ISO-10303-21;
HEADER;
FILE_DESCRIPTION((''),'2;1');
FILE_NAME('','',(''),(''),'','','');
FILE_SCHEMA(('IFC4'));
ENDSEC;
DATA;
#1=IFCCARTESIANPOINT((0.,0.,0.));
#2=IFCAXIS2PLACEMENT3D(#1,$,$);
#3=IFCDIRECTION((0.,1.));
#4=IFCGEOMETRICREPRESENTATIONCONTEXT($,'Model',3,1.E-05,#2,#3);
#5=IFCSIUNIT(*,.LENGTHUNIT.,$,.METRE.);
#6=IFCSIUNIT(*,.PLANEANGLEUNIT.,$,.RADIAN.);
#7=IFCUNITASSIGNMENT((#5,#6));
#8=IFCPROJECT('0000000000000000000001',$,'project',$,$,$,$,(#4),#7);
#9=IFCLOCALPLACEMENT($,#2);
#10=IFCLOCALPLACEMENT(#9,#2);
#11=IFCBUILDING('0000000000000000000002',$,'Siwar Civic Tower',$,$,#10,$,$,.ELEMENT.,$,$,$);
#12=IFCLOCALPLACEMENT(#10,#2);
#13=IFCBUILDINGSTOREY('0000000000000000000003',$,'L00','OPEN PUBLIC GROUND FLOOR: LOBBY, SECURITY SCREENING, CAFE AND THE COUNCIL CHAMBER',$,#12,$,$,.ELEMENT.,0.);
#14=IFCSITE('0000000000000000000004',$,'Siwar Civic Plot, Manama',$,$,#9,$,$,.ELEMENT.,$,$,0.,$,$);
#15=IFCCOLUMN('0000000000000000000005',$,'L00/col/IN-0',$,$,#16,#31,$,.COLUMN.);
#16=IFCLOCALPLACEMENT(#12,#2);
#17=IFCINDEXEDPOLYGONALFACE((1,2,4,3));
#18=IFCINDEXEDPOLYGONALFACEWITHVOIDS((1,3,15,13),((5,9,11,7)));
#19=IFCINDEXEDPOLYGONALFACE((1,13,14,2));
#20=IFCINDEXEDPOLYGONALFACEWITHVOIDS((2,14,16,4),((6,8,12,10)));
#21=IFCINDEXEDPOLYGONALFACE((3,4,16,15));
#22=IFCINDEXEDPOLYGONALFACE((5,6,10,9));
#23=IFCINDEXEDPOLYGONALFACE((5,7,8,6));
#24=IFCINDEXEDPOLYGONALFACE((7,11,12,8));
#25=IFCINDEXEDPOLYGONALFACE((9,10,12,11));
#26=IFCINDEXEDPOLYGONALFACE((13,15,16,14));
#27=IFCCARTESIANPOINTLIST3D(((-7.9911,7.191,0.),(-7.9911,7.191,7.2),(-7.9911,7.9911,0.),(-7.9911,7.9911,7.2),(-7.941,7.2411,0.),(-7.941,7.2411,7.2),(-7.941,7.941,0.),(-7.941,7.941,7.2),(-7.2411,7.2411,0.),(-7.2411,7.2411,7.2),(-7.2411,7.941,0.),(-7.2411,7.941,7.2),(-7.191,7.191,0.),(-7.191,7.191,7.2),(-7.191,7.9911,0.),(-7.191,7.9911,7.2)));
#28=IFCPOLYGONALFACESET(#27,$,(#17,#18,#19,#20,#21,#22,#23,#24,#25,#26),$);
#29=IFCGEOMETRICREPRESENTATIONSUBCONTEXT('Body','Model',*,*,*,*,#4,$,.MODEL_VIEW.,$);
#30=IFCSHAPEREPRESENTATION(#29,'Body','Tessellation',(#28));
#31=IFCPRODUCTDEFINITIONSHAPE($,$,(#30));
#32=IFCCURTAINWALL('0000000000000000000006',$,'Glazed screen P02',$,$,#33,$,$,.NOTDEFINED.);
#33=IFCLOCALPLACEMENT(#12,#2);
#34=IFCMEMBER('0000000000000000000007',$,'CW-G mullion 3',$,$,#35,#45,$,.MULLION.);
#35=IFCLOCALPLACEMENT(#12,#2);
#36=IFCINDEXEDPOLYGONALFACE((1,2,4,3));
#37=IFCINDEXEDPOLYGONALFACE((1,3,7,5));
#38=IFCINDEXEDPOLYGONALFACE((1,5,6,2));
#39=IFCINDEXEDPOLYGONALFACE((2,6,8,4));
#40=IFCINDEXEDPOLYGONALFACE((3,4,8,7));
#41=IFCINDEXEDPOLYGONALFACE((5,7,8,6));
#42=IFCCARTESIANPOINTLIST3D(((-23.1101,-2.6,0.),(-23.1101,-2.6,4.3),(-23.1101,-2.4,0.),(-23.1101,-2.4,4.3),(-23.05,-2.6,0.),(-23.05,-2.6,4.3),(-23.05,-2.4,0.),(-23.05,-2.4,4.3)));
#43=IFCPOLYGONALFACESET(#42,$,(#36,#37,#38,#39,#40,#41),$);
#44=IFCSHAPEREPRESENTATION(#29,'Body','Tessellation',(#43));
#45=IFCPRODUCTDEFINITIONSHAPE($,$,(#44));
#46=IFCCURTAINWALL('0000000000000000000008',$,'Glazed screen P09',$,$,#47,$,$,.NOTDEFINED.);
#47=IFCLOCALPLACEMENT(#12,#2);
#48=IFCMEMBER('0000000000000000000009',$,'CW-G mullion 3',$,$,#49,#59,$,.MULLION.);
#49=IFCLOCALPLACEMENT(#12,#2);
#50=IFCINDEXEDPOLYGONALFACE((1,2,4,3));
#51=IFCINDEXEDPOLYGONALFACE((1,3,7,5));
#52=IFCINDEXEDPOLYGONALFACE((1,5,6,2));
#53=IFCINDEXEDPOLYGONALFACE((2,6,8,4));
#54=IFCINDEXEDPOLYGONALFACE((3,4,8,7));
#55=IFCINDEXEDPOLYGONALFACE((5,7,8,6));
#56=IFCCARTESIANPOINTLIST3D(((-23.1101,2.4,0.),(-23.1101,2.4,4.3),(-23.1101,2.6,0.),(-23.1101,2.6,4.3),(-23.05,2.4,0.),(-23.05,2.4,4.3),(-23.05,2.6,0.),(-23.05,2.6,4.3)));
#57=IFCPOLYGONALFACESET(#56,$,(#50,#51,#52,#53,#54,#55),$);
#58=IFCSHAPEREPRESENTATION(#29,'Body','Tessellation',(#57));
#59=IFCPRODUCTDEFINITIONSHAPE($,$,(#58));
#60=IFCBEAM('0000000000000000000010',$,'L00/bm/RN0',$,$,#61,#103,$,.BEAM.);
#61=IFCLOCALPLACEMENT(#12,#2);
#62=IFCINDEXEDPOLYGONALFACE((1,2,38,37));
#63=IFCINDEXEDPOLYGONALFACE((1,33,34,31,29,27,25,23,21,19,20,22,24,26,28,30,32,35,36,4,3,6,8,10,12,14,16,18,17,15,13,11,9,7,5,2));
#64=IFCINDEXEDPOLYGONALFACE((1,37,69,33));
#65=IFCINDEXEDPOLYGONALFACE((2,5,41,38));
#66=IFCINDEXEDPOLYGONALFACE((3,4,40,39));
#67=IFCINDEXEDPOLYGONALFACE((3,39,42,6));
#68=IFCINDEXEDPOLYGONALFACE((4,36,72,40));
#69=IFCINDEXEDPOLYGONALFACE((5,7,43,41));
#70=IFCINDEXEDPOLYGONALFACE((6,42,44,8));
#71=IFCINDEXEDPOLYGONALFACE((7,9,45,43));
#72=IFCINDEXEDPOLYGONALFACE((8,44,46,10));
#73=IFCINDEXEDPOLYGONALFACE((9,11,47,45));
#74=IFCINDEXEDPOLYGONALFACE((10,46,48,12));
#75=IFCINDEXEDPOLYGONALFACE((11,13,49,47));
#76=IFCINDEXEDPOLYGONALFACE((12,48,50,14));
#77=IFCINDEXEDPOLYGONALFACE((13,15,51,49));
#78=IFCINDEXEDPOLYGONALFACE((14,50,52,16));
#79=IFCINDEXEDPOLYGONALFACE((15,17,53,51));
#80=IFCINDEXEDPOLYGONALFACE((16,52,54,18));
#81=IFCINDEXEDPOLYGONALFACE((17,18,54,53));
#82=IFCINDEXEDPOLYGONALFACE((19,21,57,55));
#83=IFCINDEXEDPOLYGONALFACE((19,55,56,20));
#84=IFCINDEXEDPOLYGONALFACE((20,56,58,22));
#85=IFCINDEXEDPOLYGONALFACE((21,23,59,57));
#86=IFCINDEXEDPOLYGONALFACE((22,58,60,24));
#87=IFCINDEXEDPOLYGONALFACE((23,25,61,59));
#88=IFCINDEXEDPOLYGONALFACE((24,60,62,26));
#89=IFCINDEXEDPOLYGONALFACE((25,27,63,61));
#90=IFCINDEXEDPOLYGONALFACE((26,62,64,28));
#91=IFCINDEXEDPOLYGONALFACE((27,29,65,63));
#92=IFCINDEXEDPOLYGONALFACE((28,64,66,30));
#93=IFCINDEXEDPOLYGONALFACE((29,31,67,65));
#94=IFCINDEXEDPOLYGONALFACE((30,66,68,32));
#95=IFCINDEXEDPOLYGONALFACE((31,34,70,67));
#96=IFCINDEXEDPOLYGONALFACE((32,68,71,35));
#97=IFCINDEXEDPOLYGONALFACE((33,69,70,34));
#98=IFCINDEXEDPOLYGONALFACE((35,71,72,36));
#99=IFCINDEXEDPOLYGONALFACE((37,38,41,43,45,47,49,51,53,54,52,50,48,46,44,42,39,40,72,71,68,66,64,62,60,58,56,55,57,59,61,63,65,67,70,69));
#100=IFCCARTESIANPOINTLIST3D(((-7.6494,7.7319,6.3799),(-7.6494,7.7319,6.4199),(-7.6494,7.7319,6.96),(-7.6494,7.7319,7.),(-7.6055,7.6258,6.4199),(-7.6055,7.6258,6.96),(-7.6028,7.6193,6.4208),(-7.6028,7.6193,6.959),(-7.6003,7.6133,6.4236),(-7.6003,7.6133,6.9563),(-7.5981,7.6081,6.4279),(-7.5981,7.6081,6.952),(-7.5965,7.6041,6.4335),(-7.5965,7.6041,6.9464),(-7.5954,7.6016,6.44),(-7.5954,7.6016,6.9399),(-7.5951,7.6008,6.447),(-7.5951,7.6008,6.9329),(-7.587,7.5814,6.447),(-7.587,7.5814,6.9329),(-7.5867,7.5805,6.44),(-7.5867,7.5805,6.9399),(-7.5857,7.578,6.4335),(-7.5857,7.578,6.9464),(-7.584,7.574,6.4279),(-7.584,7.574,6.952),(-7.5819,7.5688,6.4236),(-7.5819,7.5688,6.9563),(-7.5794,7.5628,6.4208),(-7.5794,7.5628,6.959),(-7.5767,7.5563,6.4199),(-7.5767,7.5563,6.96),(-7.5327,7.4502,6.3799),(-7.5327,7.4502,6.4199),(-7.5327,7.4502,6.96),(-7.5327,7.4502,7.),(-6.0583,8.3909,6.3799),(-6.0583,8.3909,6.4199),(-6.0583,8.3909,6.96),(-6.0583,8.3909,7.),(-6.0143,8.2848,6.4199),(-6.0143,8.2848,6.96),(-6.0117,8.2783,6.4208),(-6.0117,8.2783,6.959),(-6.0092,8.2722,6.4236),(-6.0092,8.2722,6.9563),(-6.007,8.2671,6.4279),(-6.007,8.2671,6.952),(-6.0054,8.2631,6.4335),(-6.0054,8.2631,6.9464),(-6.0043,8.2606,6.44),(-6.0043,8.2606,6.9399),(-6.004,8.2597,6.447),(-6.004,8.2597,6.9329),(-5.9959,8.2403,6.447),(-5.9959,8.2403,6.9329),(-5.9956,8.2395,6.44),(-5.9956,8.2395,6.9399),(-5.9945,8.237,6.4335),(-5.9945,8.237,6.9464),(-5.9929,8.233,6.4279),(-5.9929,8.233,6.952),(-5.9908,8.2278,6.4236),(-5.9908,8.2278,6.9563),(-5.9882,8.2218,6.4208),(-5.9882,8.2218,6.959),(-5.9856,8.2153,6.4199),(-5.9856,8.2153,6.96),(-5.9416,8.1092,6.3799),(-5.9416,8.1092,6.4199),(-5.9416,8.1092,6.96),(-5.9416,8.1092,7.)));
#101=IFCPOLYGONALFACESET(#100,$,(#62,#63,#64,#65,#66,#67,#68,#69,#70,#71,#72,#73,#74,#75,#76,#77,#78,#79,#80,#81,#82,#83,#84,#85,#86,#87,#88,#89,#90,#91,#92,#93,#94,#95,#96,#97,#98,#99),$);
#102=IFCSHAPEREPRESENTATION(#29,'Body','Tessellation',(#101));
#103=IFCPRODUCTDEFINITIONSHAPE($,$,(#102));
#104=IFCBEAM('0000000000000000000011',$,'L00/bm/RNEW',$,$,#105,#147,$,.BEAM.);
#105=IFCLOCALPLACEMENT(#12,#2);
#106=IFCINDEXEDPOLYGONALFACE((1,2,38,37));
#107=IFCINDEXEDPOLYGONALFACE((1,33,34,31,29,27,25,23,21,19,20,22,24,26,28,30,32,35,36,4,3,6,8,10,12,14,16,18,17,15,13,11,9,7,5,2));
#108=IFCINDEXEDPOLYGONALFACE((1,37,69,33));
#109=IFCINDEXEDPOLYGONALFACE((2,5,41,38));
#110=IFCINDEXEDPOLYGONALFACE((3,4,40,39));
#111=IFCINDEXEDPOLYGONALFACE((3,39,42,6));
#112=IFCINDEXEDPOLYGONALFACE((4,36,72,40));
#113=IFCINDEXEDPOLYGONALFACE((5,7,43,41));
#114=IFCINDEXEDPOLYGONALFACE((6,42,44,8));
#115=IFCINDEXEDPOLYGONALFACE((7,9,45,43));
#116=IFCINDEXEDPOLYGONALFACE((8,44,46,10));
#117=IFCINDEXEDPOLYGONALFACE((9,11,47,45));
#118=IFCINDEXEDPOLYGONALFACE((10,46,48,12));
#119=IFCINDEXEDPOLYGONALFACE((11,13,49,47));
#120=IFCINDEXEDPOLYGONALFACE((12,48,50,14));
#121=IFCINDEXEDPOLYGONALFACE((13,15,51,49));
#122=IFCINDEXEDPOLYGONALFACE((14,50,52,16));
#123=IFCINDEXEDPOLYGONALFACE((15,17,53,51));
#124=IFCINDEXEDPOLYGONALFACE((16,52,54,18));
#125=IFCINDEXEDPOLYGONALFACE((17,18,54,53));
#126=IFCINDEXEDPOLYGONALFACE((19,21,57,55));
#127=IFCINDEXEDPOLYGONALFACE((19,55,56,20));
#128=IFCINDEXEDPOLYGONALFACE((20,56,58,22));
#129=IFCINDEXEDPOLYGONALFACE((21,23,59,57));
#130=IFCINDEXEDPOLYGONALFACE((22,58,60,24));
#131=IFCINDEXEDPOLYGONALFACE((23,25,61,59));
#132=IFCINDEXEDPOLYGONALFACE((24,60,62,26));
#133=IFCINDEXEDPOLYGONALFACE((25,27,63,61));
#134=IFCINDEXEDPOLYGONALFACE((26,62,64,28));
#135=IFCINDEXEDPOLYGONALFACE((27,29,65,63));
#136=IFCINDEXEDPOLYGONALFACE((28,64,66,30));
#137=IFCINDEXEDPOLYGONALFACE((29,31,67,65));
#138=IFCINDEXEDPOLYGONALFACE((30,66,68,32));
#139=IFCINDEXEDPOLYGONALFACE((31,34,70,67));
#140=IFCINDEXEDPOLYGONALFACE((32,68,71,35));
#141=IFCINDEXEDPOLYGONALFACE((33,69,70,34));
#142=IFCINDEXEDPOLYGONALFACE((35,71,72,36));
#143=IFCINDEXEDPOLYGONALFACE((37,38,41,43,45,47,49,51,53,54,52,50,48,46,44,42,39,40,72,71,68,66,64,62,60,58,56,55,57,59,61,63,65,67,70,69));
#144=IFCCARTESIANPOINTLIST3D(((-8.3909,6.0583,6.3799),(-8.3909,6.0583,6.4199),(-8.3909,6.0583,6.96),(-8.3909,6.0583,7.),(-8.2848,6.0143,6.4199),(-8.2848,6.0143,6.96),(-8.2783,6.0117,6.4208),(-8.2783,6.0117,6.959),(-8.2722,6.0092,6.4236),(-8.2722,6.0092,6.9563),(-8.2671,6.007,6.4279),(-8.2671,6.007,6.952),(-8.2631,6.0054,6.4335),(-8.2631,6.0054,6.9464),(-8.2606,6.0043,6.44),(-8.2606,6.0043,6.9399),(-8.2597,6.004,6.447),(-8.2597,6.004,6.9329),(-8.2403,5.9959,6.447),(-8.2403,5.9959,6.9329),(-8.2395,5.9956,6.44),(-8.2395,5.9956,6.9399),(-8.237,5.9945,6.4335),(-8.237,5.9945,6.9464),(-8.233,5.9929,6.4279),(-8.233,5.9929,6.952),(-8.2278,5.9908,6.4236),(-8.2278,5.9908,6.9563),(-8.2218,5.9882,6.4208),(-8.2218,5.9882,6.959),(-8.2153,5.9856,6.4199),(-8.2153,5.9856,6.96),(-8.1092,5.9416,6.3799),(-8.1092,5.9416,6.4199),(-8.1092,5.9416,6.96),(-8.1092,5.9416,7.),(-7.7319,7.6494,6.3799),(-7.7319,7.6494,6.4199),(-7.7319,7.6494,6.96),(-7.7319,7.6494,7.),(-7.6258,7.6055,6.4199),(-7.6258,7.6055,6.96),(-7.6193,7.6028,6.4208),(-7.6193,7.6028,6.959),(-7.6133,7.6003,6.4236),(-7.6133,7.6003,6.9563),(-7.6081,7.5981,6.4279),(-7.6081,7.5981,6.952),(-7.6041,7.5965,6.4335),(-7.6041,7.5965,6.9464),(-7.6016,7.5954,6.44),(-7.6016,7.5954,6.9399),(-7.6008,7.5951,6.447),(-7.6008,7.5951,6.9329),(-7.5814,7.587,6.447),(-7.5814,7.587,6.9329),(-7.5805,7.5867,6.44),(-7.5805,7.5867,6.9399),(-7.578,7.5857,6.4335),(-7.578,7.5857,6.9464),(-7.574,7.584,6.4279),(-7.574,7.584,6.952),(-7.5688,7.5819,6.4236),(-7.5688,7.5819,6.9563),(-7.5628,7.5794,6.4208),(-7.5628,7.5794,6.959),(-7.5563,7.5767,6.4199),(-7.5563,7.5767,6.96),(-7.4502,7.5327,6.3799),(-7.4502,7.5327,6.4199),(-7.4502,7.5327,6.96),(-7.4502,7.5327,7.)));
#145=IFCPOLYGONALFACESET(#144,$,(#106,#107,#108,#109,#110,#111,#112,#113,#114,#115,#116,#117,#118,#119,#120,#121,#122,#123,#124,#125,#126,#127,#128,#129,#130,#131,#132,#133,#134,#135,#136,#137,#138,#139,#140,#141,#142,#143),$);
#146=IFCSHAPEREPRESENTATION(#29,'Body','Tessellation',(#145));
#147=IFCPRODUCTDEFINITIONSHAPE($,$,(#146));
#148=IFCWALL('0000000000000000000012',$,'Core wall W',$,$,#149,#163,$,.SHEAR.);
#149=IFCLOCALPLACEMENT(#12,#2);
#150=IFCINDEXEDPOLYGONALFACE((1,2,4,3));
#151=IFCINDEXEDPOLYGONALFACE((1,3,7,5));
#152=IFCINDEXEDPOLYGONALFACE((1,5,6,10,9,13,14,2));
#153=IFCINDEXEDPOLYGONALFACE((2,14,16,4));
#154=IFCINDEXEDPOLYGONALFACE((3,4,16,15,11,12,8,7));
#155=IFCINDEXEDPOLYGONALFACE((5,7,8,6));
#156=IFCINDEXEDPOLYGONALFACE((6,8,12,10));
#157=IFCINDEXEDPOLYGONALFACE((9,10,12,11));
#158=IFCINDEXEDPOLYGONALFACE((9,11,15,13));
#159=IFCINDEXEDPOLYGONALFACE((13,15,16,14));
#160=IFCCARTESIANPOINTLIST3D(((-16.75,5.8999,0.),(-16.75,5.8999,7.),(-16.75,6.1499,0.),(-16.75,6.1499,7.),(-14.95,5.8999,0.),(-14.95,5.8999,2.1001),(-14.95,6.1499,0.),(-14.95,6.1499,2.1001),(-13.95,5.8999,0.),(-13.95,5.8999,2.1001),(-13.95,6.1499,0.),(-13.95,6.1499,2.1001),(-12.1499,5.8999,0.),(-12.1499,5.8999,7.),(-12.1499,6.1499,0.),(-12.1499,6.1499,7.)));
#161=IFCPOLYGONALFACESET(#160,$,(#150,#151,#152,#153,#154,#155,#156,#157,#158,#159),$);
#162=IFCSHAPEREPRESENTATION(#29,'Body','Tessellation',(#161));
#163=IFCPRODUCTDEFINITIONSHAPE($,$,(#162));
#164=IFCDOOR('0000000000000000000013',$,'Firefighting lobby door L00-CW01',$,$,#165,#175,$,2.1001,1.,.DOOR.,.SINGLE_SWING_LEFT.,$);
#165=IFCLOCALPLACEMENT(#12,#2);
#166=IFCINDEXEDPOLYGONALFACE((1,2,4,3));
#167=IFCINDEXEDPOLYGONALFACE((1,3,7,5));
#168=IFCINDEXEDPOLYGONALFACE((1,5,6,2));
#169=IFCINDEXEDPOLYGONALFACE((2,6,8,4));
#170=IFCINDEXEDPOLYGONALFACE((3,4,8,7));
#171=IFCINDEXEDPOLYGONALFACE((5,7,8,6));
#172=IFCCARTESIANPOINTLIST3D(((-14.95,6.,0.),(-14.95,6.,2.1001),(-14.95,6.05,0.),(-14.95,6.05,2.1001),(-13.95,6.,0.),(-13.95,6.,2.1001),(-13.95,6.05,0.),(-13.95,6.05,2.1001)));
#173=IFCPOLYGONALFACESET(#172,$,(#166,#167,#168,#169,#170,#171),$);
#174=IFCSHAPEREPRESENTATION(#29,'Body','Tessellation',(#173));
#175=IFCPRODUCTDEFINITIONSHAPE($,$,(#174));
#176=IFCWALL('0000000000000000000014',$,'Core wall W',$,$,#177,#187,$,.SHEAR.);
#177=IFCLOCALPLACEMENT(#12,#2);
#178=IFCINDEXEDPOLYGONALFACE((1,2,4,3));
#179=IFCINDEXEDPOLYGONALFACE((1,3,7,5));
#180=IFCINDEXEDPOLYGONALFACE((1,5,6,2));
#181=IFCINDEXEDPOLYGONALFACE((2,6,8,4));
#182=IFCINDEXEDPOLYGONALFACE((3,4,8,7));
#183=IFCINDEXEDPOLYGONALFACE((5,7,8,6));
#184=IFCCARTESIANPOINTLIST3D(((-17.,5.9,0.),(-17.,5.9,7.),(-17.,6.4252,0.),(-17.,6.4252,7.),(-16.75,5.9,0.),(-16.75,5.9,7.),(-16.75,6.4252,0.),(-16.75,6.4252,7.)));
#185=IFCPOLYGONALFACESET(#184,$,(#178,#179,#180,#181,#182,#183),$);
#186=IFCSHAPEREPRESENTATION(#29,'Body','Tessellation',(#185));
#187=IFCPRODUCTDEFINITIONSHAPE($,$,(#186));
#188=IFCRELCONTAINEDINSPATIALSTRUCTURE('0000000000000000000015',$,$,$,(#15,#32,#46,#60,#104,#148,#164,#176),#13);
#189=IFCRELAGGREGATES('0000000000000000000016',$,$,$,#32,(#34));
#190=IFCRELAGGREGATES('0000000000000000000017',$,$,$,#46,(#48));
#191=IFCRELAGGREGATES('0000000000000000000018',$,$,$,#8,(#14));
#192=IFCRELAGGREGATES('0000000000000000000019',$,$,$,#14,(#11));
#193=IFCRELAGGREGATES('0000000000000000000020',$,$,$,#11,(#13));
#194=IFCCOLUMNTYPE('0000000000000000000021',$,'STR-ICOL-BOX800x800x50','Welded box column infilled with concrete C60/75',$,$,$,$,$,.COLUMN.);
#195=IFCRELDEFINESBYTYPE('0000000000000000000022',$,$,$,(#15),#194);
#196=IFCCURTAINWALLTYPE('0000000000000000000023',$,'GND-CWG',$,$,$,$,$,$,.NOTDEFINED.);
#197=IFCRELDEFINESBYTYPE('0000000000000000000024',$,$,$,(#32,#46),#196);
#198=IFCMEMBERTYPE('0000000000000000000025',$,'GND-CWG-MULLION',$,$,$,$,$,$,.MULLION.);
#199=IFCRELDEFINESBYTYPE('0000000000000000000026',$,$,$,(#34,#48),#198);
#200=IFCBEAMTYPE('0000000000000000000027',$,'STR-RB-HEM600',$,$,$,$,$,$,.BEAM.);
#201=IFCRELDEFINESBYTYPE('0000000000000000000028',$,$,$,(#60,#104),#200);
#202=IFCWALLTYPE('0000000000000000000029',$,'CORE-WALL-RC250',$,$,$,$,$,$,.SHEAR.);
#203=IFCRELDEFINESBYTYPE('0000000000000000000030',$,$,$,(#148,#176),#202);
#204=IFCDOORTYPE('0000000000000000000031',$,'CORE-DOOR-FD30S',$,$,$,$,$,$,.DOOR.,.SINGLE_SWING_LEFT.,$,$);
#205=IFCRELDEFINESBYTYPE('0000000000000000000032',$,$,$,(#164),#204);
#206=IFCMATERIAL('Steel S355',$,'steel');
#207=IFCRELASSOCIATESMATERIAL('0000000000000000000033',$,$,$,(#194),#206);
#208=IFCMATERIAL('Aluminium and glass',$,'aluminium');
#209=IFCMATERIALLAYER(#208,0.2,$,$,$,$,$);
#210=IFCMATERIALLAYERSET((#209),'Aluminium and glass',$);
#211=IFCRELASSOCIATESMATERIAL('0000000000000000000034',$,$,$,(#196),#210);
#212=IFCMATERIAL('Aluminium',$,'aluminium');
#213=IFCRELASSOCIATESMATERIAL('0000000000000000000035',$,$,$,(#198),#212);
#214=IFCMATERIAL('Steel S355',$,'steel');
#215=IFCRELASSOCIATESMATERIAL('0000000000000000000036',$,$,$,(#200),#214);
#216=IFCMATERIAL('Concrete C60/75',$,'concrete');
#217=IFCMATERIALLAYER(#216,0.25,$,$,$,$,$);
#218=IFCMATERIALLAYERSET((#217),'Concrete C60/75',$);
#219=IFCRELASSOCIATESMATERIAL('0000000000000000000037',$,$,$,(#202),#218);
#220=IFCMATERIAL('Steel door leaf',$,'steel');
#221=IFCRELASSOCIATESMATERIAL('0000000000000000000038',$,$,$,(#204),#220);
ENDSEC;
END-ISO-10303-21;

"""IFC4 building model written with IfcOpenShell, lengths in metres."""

from ifc_helpers import new_model, si_unit, direction, frame, frame_2d, origin, origin_2d, place, context, subcontext, project, spatial, rectangle, hollow_rectangle, i_section, extrude, material, layer, layer_set, material_profile, profile_set, type_object, element, fill, aggregate, save


model = new_model("IFC4")

# Units and contexts
model_context = context("Model", 3, precision=1e-05, world=origin(), true_north=direction((0.0, 1.0)))
body_context = subcontext(model_context, "Body", "Model", "MODEL_VIEW")
ifc_project = project(units=[si_unit("LENGTHUNIT", "METRE"), si_unit("PLANEANGLEUNIT", "RADIAN")], contexts=[model_context])

# Site, building, storey
site_placement = place(None, origin())
site = spatial("IfcSite", under=ifc_project, at=site_placement, Name="Siwar Civic Plot, Manama", CompositionType="ELEMENT", RefElevation=0.0)
building_placement = place(site_placement, origin())
building = spatial("IfcBuilding", under=site, at=building_placement, Name="Siwar Civic Tower", CompositionType="ELEMENT")
storey_placement = place(building_placement, origin())
storey = spatial("IfcBuildingStorey", under=building, at=storey_placement, Name="L00", Description="OPEN PUBLIC GROUND FLOOR: LOBBY, SECURITY SCREENING, CAFE AND THE COUNCIL CHAMBER", CompositionType="ELEMENT", Elevation=0.0)

# Column
ifc_material_1 = material(Name="Steel S355", Category="steel")
ifc_material_profile_1 = material_profile(ifc_material_1, hollow_rectangle(XDim=0.8, YDim=0.8, WallThickness=0.05, at=origin_2d()), Name="BOX800x800x50")
ifc_profile_set_1 = profile_set([ifc_material_profile_1], Name="Steel S355")
column_type = type_object("IfcColumnType", Name="STR-ICOL-BOX800x800x50", Description="Welded box column infilled with concrete C60/75", PredefinedType="COLUMN", material=ifc_profile_set_1)
column_placement = place(storey_placement, frame((-7.5911, 7.5911, 0.0), z_axis=(0.0, 0.0, 1.0), x_axis=(1.0, 0.0, 0.0)))
element("IfcColumn", 1, at=column_placement, inside=storey, type_object=column_type, Name="L00/col/IN-0", PredefinedType="COLUMN", context=body_context, shape_type="SweptSolid", body=[
    extrude(hollow_rectangle(XDim=0.8, YDim=0.8, WallThickness=0.05, at=origin_2d()), origin(), (0.0, 0.0, 1.0), 7.2),
])

# Curtain walls, members
ifc_material_2 = material(Name="Aluminium and glass", Category="aluminium")
ifc_layer_1 = layer(ifc_material_2, 0.2)
ifc_layer_set_1 = layer_set([ifc_layer_1], Name="Aluminium and glass")
curtain_wall_type = type_object("IfcCurtainWallType", Name="GND-CWG", PredefinedType="NOTDEFINED", material=ifc_layer_set_1)
curtain_wall_1_placement = place(storey_placement, origin())
curtain_wall_1 = element("IfcCurtainWall", 2, at=curtain_wall_1_placement, inside=storey, type_object=curtain_wall_type, Name="Glazed screen P02", PredefinedType="NOTDEFINED")
ifc_material_3 = material(Name="Aluminium", Category="aluminium")
ifc_material_profile_2 = material_profile(ifc_material_3, rectangle(XDim=0.2, YDim=0.0601, at=origin_2d()), Name="AL 200x60")
ifc_profile_set_2 = profile_set([ifc_material_profile_2], Name="Aluminium")
member_type = type_object("IfcMemberType", Name="GND-CWG-MULLION", PredefinedType="MULLION", material=ifc_profile_set_2)
member_1_placement = place(storey_placement, frame((-23.0801, -2.5, 0.0), z_axis=(0.0, 0.0, 1.0), x_axis=(0.0, 1.0, 0.0)))
member_1 = element("IfcMember", 3, at=member_1_placement, type_object=member_type, Name="CW-G mullion 3", PredefinedType="MULLION", context=body_context, shape_type="SweptSolid", body=[
    extrude(rectangle(XDim=0.2, YDim=0.0601, at=origin_2d()), origin(), (0.0, 0.0, 1.0), 4.3),
])
aggregate(curtain_wall_1, [member_1])
curtain_wall_2_placement = place(storey_placement, origin())
curtain_wall_2 = element("IfcCurtainWall", 4, at=curtain_wall_2_placement, inside=storey, type_object=curtain_wall_type, Name="Glazed screen P09", PredefinedType="NOTDEFINED")
member_2_placement = place(storey_placement, frame((-23.0801, 2.5, 0.0), z_axis=(0.0, 0.0, 1.0), x_axis=(0.0, 1.0, 0.0)))
member_2 = element("IfcMember", 5, at=member_2_placement, type_object=member_type, Name="CW-G mullion 3", PredefinedType="MULLION", context=body_context, shape_type="SweptSolid", body=[
    extrude(rectangle(XDim=0.2, YDim=0.0601, at=origin_2d()), origin(), (0.0, 0.0, 1.0), 4.3),
])
aggregate(curtain_wall_2, [member_2])

# Beams
ifc_material_4 = material(Name="Steel S355", Category="steel")
ifc_material_profile_3 = material_profile(ifc_material_4, i_section(OverallWidth=0.3049, OverallDepth=0.6201, WebThickness=0.021, FlangeThickness=0.04, FilletRadius=0.0271, at=origin_2d()), Name="HEM600")
ifc_profile_set_3 = profile_set([ifc_material_profile_3], Name="Steel S355")
beam_type = type_object("IfcBeamType", Name="STR-RB-HEM600", PredefinedType="BEAM", material=ifc_profile_set_3)
for number, where, z_axis, x_axis, name in (
    (6, (-7.5911, 7.5911, 6.6899), (0.923901, 0.382631, 0.0), (-0.382631, 0.923901, 0.0), "L00/bm/RN0"),
    (7, (-7.5911, 7.5911, 6.6899), (-0.382631, -0.923901, 0.0), (0.923901, -0.382631, 0.0), "L00/bm/RNEW"),
):
    element("IfcBeam", number, at=place(storey_placement, frame(where, z_axis=z_axis, x_axis=x_axis)), inside=storey, type_object=beam_type, Name=name, PredefinedType="BEAM", context=body_context, shape_type="SweptSolid", body=[
        extrude(i_section(OverallWidth=0.3049, OverallDepth=0.6201, WebThickness=0.021, FlangeThickness=0.04, FilletRadius=0.0271, at=origin_2d()), origin(), (0.0, 0.0, 1.0), 1.7222),
    ])

# Wall, opening, door
ifc_material_5 = material(Name="Concrete C60/75", Category="concrete")
ifc_layer_2 = layer(ifc_material_5, 0.25)
ifc_layer_set_2 = layer_set([ifc_layer_2], Name="Concrete C60/75")
wall_type_1 = type_object("IfcWallType", Name="CORE-WALL-RC250", PredefinedType="SHEAR", material=ifc_layer_set_2)
wall_1_placement = place(storey_placement, frame((-12.1499, 6.0249, 0.0), z_axis=(0.0, 0.0, 1.0), x_axis=(-1.0, 0.0, 0.0)))
wall_1 = element("IfcWall", 8, at=wall_1_placement, inside=storey, type_object=wall_type_1, Name="Core wall W", PredefinedType="SHEAR", context=body_context, shape_type="SweptSolid", body=[
    extrude(rectangle(XDim=4.6001, YDim=0.25, at=frame_2d((2.3, 0.0))), origin(), (0.0, 0.0, 1.0), 7.0),
])
opening_1_placement = place(wall_1_placement, frame((1.8, 0.0, 0.0)))
opening_1 = element("IfcOpeningElement", 9, at=opening_1_placement, cuts=wall_1, PredefinedType="OPENING", context=body_context, shape_type="SweptSolid", body=[
    extrude(rectangle(XDim=1.0, YDim=2.1001, at=frame_2d((0.5, 1.05))), frame((0.0, 0.135, 0.0), z_axis=(0.0, -1.0, 0.0), x_axis=(1.0, 0.0, 0.0)), (0.0, 0.0, 1.0), 0.27),
])
ifc_material_6 = material(Name="Steel door leaf", Category="steel")
door_type_1 = type_object("IfcDoorType", Name="CORE-DOOR-FD30S", OperationType="SINGLE_SWING_LEFT", PredefinedType="DOOR", material=ifc_material_6)
door_1_placement = place(opening_1_placement, origin())
door_1 = element("IfcDoor", 10, at=door_1_placement, inside=storey, type_object=door_type_1, Name="Firefighting lobby door L00-CW01", OperationType="SINGLE_SWING_LEFT", OverallHeight=2.1001, OverallWidth=1.0, PredefinedType="DOOR", context=body_context, shape_type="SweptSolid", body=[
    extrude(rectangle(XDim=1.0, YDim=2.1001, at=frame_2d((0.5, 1.05))), frame((0.0, 0.0249, 0.0), z_axis=(0.0, -1.0, 0.0), x_axis=(1.0, 0.0, 0.0)), (0.0, 0.0, 1.0), 0.05),
])
fill(opening_1, door_1)

# Wall
wall_2_placement = place(storey_placement, frame((-16.875, 5.8999, 0.0), z_axis=(0.0, 0.0, 1.0), x_axis=(0.0, 1.0, 0.0)))
element("IfcWall", 11, at=wall_2_placement, inside=storey, type_object=wall_type_1, Name="Core wall W", PredefinedType="SHEAR", context=body_context, shape_type="SweptSolid", body=[
    extrude(rectangle(XDim=0.5251, YDim=0.25, at=frame_2d((0.2627, 0.0))), origin(), (0.0, 0.0, 1.0), 7.0),
])

save(model, "model.ifc")
